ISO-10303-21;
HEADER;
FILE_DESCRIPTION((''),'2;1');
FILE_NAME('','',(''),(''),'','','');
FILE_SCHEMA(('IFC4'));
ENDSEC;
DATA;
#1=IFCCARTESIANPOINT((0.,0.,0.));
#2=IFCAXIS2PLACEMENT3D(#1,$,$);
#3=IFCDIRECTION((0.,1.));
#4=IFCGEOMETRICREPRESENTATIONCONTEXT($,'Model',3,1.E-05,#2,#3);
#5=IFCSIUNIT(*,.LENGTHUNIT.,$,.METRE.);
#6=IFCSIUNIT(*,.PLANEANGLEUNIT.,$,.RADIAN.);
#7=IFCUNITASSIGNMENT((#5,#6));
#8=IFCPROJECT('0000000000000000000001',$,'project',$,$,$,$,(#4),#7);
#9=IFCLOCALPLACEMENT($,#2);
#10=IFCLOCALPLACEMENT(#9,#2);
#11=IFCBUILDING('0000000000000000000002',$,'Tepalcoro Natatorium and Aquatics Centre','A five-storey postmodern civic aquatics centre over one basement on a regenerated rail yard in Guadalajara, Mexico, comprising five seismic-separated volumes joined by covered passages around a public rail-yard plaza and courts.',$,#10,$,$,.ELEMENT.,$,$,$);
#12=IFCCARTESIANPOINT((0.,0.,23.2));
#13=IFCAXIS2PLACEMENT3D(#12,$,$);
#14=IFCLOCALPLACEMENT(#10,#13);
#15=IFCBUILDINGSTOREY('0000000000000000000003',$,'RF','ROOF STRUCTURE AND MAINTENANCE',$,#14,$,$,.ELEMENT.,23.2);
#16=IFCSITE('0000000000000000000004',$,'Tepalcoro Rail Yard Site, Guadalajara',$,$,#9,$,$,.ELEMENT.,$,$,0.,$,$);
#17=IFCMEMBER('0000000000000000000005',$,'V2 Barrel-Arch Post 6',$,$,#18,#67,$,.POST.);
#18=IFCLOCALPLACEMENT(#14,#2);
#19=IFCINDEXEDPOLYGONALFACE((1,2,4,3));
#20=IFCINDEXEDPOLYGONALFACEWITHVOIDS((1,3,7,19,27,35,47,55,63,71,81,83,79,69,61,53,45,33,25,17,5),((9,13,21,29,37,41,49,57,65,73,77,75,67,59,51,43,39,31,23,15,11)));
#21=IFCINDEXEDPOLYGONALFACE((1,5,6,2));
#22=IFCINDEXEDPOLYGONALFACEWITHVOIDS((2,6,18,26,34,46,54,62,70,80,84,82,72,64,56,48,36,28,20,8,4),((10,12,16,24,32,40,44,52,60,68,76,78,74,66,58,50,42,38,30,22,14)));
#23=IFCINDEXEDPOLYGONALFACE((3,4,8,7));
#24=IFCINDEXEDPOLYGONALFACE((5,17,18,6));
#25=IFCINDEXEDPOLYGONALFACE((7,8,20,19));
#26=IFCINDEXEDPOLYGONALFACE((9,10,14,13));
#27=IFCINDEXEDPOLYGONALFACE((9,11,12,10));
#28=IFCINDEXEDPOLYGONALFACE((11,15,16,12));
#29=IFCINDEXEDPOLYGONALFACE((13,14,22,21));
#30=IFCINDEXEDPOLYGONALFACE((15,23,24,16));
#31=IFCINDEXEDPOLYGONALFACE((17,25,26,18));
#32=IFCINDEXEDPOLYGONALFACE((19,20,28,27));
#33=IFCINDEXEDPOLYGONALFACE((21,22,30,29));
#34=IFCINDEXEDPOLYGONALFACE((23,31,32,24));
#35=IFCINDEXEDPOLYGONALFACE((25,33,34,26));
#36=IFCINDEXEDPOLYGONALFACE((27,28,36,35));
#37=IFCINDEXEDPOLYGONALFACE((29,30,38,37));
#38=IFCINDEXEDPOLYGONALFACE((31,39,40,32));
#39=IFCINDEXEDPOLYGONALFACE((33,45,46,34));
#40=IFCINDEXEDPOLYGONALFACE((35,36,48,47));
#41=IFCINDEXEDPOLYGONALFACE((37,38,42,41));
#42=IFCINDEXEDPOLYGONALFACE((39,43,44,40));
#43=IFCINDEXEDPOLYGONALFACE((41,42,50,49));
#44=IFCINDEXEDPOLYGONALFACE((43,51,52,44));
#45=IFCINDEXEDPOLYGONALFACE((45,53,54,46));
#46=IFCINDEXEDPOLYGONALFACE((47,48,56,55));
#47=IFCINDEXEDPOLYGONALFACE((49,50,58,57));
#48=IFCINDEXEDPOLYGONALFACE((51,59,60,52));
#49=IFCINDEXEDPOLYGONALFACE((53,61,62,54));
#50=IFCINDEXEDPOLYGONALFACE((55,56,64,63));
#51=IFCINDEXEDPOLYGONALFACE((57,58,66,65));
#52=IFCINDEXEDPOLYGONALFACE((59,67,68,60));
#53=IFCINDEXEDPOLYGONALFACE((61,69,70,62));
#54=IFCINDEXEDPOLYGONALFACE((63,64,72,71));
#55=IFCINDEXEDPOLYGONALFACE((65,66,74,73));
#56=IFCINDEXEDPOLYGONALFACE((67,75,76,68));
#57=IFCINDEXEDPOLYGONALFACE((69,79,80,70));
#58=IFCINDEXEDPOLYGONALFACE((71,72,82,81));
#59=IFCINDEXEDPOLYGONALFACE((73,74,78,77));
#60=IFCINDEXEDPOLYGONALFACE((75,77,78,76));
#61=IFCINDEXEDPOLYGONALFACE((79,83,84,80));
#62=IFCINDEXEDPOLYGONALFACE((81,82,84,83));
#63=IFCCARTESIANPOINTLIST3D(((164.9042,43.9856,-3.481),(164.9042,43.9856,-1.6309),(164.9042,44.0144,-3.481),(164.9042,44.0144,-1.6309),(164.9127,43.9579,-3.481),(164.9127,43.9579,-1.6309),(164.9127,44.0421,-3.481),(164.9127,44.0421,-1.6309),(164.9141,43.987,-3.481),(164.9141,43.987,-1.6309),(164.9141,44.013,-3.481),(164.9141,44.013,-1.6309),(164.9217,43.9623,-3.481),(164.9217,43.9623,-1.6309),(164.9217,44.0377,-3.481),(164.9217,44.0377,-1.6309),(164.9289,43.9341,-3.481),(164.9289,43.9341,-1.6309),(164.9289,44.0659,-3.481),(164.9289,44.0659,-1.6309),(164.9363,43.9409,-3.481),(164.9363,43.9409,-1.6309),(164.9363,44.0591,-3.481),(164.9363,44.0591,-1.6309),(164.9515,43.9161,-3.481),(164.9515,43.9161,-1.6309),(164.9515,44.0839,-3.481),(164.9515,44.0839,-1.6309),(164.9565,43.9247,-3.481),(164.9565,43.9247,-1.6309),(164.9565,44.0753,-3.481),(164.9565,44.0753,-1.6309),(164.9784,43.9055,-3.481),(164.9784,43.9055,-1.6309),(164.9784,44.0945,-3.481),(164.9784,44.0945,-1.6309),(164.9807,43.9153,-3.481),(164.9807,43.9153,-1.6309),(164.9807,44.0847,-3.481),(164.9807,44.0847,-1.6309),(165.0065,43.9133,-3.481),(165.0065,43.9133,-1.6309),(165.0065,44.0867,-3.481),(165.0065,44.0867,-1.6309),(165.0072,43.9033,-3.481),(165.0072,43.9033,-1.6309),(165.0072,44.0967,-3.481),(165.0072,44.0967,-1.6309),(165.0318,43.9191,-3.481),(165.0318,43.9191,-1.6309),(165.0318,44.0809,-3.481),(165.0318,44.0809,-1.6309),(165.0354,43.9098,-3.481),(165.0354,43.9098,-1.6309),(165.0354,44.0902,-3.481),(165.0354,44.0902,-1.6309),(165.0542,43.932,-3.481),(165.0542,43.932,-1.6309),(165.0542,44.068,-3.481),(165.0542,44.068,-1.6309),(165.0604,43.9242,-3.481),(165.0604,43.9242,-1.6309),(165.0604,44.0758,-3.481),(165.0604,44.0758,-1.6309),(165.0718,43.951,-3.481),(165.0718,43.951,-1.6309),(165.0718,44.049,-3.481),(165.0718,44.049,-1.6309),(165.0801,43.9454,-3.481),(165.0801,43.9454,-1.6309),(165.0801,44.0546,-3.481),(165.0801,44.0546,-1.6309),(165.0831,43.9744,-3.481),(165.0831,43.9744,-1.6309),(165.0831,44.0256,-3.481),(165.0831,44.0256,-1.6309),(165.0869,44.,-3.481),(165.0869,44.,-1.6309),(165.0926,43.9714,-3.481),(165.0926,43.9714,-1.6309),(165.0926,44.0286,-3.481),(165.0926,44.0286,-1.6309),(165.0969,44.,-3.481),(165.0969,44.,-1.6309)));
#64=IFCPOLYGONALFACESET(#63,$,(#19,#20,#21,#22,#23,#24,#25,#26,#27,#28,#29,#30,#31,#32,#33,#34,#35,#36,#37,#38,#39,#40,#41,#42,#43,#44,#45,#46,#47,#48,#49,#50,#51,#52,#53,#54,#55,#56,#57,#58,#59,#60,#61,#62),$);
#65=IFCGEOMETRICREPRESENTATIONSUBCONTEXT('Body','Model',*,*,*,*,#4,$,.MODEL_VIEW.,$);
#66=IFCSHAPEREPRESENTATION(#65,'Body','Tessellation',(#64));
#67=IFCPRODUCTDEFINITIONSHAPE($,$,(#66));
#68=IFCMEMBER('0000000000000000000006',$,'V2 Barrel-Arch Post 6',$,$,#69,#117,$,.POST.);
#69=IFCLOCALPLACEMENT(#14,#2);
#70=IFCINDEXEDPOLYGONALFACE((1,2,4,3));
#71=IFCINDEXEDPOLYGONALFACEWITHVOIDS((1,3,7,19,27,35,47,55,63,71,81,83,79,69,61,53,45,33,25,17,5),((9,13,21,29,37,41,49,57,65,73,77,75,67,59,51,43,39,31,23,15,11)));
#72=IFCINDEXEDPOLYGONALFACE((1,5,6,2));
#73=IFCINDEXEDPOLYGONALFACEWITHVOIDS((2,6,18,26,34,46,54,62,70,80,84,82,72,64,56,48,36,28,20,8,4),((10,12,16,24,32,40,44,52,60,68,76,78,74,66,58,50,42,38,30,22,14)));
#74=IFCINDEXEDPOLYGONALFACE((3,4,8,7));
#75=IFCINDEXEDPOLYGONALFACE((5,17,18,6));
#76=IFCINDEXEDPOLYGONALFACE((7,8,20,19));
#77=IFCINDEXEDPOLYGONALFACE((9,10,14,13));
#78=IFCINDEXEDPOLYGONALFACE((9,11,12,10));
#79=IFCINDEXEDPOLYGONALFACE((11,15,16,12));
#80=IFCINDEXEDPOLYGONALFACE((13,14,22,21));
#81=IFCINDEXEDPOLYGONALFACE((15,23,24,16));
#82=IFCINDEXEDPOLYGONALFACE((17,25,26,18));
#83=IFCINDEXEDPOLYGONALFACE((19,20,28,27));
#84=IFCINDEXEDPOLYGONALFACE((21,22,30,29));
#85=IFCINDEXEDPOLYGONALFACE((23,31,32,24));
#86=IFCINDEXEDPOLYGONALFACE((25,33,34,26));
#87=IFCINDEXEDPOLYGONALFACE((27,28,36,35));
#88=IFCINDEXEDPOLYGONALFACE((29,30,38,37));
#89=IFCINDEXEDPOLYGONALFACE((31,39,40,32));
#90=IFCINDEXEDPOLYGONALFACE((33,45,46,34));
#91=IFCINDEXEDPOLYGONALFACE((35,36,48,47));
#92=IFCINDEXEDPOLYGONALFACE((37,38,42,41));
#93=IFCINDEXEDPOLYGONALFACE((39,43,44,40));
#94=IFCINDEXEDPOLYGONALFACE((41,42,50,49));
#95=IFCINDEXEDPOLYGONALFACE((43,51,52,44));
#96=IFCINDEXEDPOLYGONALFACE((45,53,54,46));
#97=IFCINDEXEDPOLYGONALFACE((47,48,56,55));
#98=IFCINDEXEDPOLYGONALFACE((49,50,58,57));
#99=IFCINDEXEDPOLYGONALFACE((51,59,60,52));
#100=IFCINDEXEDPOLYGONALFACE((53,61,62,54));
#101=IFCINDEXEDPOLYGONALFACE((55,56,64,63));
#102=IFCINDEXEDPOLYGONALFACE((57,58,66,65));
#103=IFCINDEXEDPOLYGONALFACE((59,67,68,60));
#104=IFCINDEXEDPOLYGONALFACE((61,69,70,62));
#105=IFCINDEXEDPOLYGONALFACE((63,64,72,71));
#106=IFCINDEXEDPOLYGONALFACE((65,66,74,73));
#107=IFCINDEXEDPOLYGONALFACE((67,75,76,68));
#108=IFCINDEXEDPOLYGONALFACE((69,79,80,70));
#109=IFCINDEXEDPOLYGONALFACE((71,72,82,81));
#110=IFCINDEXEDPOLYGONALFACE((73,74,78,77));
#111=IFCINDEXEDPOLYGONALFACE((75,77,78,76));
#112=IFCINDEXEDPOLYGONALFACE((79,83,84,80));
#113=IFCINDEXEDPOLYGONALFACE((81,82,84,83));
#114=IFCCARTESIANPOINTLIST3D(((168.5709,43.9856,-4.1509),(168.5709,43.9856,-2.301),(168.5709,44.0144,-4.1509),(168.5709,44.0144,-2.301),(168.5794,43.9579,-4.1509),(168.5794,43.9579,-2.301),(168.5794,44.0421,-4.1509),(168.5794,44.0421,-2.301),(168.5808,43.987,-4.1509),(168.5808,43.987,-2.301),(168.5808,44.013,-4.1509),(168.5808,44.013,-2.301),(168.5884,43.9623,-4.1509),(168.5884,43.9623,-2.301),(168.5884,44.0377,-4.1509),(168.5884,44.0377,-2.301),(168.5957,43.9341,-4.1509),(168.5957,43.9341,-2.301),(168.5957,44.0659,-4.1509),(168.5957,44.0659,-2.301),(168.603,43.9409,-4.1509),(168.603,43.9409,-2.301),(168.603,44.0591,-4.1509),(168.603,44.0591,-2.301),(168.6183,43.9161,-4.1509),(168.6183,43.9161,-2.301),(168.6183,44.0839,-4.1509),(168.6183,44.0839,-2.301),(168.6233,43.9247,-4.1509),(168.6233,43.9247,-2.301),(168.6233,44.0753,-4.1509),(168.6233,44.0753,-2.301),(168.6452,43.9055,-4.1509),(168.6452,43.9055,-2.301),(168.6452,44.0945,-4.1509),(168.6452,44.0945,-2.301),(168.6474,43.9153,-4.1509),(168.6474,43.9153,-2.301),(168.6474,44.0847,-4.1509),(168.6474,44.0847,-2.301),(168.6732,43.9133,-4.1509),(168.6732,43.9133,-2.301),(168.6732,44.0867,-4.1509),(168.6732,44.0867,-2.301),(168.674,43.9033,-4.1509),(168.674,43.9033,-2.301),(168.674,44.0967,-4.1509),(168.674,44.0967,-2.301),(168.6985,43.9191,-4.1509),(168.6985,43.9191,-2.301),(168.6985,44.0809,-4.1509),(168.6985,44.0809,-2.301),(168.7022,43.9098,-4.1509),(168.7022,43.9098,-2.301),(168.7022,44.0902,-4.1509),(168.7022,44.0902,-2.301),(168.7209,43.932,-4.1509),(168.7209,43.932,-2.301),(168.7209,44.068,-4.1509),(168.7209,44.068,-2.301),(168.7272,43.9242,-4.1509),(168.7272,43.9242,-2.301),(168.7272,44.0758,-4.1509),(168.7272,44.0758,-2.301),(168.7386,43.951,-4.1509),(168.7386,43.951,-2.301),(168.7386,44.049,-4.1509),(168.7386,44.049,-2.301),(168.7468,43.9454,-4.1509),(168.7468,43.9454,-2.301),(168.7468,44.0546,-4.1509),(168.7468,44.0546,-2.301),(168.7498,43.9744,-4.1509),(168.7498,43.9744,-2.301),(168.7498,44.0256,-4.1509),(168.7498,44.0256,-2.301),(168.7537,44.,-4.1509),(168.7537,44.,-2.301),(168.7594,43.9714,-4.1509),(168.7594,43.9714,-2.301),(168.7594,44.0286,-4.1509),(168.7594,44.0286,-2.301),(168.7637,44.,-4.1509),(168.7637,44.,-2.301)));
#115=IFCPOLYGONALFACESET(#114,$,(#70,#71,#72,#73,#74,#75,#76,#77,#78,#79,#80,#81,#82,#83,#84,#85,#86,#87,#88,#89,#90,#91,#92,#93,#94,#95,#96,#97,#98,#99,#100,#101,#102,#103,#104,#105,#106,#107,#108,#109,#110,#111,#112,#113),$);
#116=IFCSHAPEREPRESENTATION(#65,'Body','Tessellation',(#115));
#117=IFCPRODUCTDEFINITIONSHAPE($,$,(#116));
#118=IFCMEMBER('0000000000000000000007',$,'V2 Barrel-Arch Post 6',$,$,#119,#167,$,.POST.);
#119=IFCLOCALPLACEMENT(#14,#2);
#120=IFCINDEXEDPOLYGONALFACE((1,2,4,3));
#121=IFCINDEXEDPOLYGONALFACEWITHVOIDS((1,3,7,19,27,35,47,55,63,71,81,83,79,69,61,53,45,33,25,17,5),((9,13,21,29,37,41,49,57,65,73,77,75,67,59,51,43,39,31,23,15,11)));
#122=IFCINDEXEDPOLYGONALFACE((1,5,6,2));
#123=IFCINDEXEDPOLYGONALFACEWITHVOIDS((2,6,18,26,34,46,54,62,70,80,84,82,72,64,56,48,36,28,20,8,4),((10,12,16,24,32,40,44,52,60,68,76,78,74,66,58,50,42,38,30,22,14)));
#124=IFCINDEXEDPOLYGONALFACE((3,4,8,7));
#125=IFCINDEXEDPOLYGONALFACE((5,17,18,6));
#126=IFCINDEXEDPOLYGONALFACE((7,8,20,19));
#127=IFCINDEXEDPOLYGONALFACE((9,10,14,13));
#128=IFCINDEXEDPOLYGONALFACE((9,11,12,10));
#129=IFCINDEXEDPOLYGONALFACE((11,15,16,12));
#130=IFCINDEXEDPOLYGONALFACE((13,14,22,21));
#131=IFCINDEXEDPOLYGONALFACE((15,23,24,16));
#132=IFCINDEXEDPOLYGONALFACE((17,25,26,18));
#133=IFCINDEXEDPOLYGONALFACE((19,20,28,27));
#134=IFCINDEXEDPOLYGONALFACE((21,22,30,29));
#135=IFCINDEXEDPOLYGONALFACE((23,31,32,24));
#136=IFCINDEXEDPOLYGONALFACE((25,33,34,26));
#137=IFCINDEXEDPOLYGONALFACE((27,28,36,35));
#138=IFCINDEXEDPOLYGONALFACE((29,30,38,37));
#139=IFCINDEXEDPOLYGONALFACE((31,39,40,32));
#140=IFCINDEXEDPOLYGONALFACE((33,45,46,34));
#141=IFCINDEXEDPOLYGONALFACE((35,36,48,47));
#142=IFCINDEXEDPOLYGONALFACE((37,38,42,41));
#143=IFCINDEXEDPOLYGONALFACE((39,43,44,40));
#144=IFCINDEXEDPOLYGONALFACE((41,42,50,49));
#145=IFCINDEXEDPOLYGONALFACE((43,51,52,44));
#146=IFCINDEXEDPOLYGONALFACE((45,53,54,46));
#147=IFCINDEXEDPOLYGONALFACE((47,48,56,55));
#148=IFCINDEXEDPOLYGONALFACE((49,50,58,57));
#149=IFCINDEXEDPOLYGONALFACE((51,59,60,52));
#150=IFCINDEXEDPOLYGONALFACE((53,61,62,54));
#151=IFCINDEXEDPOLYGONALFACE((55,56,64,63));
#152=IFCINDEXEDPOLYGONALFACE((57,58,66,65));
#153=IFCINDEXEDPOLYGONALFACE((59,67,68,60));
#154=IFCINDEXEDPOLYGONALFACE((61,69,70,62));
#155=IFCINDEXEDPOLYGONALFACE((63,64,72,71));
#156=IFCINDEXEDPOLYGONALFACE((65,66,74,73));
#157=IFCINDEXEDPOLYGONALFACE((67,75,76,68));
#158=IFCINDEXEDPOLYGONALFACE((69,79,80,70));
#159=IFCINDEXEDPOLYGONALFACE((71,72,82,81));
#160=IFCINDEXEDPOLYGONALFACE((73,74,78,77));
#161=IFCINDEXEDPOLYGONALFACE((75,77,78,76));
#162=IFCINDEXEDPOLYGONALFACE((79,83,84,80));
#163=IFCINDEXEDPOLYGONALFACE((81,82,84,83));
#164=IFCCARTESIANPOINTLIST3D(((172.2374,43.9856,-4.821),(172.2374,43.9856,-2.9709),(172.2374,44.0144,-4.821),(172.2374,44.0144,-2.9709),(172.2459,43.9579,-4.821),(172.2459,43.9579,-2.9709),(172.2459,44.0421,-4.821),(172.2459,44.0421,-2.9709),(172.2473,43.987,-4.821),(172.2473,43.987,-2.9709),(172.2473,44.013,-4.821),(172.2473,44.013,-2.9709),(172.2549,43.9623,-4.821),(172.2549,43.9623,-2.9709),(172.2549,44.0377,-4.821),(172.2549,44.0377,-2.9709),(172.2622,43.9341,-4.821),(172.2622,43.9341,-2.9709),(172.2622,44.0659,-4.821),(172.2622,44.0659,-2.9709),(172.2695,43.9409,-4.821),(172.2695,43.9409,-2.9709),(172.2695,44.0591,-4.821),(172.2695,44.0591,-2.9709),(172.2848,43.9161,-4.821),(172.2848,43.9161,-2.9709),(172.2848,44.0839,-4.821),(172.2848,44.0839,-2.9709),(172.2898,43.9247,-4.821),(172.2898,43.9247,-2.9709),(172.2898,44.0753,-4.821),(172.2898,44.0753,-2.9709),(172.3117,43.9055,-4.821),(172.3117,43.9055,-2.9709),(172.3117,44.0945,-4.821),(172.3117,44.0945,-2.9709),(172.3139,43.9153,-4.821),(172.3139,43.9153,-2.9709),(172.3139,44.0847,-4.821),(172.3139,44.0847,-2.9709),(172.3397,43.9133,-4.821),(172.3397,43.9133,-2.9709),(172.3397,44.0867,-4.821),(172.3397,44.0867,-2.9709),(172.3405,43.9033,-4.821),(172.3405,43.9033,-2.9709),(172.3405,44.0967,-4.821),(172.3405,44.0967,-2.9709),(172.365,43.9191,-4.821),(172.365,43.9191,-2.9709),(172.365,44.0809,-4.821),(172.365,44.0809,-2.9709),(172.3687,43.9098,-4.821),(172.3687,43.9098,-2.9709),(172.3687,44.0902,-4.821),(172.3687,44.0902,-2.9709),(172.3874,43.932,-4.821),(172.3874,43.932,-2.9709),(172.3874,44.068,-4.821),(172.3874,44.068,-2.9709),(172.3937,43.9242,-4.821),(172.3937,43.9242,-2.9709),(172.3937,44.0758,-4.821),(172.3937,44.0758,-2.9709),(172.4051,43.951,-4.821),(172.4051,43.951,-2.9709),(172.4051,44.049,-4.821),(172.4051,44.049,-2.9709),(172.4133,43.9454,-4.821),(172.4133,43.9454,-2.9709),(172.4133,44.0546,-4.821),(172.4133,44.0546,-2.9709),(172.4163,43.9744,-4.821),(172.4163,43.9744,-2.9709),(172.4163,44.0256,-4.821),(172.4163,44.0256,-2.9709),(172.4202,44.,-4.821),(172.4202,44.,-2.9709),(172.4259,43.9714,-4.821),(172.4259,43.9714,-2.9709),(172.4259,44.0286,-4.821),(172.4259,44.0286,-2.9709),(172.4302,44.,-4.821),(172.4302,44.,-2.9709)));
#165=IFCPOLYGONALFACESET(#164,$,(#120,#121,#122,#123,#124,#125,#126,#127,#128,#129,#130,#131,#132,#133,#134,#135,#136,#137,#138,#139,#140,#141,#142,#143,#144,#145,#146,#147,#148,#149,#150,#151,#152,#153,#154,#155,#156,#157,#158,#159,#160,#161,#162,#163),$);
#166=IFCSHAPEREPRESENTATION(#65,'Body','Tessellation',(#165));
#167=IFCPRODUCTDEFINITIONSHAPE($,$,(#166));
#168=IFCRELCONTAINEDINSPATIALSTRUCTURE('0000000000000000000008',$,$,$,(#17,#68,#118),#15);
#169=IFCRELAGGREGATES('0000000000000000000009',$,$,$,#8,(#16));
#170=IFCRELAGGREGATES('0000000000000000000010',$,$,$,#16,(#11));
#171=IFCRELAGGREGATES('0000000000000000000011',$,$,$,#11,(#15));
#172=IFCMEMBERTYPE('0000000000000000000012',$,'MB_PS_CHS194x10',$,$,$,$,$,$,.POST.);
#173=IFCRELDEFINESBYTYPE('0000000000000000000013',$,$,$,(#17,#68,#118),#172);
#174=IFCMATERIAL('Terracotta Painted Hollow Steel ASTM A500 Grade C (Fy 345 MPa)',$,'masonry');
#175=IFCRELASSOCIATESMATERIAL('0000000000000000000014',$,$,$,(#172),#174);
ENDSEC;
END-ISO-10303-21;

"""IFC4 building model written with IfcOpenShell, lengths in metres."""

from ifc_helpers import new_model, si_unit, direction, frame, origin, origin_2d, place, context, subcontext, project, spatial, hollow_circle, extrude, material, material_profile, profile_set, type_object, element, save


model = new_model("IFC4")

# Units and contexts
model_context = context("Model", 3, precision=1e-05, world=origin(), true_north=direction((0.0, 1.0)))
body_context = subcontext(model_context, "Body", "Model", "MODEL_VIEW")
ifc_project = project(units=[si_unit("LENGTHUNIT", "METRE"), si_unit("PLANEANGLEUNIT", "RADIAN")], contexts=[model_context])

# Site, building, storey
site_placement = place(None, origin())
site = spatial("IfcSite", under=ifc_project, at=site_placement, Name="Tepalcoro Rail Yard Site, Guadalajara", CompositionType="ELEMENT", RefElevation=0.0)
building_placement = place(site_placement, origin())
building = spatial("IfcBuilding", under=site, at=building_placement, Name="Tepalcoro Natatorium and Aquatics Centre", Description="A five-storey postmodern civic aquatics centre over one basement on a regenerated rail yard in Guadalajara, Mexico, comprising five seismic-separated volumes joined by covered passages around a public rail-yard plaza and courts.", CompositionType="ELEMENT")
storey_placement = place(building_placement, frame((0.0, 0.0, 23.2)))
storey = spatial("IfcBuildingStorey", under=building, at=storey_placement, Name="RF", Description="ROOF STRUCTURE AND MAINTENANCE", CompositionType="ELEMENT", Elevation=23.2)

# Shared definitions
ifc_material_1 = material(Name="Terracotta Painted Hollow Steel ASTM A500 Grade C (Fy 345 MPa)", Category="masonry")

# Members
ifc_material_profile_1 = material_profile(ifc_material_1, hollow_circle(Radius=0.0969, WallThickness=0.01, at=origin_2d()), Name="CHS194X10")
ifc_profile_set_1 = profile_set([ifc_material_profile_1], Name="Terracotta Painted Hollow Steel ASTM A500 Grade C (Fy 345 MPa)")
member_type_1 = type_object("IfcMemberType", Name="MB_PS_CHS194x10", PredefinedType="POST", material=ifc_profile_set_1)
member_1_placement = place(storey_placement, frame((165.0, 44.0, -3.481), z_axis=(0.0, 0.0, 1.0), x_axis=(1.0, 0.0, 0.0)))
element("IfcMember", 1, at=member_1_placement, inside=storey, type_object=member_type_1, Name="V2 Barrel-Arch Post 6", PredefinedType="POST", context=body_context, shape_type="SweptSolid", body=[
    extrude(hollow_circle(Radius=0.0969, WallThickness=0.01, at=origin_2d()), origin(), (0.0, 0.0, 1.0), 1.8501),
])
member_2_placement = place(storey_placement, frame((168.6667, 44.0, -4.1509), z_axis=(0.0, 0.0, 1.0), x_axis=(1.0, 0.0, 0.0)))
element("IfcMember", 2, at=member_2_placement, inside=storey, type_object=member_type_1, Name="V2 Barrel-Arch Post 6", PredefinedType="POST", context=body_context, shape_type="SweptSolid", body=[
    extrude(hollow_circle(Radius=0.0969, WallThickness=0.01, at=origin_2d()), origin(), (0.0, 0.0, 1.0), 1.8499),
])
member_3_placement = place(storey_placement, frame((172.3333, 44.0, -4.821), z_axis=(0.0, 0.0, 1.0), x_axis=(1.0, 0.0, 0.0)))
element("IfcMember", 3, at=member_3_placement, inside=storey, type_object=member_type_1, Name="V2 Barrel-Arch Post 6", PredefinedType="POST", context=body_context, shape_type="SweptSolid", body=[
    extrude(hollow_circle(Radius=0.0969, WallThickness=0.01, at=origin_2d()), origin(), (0.0, 0.0, 1.0), 1.8501),
])

save(model, "model.ifc")
